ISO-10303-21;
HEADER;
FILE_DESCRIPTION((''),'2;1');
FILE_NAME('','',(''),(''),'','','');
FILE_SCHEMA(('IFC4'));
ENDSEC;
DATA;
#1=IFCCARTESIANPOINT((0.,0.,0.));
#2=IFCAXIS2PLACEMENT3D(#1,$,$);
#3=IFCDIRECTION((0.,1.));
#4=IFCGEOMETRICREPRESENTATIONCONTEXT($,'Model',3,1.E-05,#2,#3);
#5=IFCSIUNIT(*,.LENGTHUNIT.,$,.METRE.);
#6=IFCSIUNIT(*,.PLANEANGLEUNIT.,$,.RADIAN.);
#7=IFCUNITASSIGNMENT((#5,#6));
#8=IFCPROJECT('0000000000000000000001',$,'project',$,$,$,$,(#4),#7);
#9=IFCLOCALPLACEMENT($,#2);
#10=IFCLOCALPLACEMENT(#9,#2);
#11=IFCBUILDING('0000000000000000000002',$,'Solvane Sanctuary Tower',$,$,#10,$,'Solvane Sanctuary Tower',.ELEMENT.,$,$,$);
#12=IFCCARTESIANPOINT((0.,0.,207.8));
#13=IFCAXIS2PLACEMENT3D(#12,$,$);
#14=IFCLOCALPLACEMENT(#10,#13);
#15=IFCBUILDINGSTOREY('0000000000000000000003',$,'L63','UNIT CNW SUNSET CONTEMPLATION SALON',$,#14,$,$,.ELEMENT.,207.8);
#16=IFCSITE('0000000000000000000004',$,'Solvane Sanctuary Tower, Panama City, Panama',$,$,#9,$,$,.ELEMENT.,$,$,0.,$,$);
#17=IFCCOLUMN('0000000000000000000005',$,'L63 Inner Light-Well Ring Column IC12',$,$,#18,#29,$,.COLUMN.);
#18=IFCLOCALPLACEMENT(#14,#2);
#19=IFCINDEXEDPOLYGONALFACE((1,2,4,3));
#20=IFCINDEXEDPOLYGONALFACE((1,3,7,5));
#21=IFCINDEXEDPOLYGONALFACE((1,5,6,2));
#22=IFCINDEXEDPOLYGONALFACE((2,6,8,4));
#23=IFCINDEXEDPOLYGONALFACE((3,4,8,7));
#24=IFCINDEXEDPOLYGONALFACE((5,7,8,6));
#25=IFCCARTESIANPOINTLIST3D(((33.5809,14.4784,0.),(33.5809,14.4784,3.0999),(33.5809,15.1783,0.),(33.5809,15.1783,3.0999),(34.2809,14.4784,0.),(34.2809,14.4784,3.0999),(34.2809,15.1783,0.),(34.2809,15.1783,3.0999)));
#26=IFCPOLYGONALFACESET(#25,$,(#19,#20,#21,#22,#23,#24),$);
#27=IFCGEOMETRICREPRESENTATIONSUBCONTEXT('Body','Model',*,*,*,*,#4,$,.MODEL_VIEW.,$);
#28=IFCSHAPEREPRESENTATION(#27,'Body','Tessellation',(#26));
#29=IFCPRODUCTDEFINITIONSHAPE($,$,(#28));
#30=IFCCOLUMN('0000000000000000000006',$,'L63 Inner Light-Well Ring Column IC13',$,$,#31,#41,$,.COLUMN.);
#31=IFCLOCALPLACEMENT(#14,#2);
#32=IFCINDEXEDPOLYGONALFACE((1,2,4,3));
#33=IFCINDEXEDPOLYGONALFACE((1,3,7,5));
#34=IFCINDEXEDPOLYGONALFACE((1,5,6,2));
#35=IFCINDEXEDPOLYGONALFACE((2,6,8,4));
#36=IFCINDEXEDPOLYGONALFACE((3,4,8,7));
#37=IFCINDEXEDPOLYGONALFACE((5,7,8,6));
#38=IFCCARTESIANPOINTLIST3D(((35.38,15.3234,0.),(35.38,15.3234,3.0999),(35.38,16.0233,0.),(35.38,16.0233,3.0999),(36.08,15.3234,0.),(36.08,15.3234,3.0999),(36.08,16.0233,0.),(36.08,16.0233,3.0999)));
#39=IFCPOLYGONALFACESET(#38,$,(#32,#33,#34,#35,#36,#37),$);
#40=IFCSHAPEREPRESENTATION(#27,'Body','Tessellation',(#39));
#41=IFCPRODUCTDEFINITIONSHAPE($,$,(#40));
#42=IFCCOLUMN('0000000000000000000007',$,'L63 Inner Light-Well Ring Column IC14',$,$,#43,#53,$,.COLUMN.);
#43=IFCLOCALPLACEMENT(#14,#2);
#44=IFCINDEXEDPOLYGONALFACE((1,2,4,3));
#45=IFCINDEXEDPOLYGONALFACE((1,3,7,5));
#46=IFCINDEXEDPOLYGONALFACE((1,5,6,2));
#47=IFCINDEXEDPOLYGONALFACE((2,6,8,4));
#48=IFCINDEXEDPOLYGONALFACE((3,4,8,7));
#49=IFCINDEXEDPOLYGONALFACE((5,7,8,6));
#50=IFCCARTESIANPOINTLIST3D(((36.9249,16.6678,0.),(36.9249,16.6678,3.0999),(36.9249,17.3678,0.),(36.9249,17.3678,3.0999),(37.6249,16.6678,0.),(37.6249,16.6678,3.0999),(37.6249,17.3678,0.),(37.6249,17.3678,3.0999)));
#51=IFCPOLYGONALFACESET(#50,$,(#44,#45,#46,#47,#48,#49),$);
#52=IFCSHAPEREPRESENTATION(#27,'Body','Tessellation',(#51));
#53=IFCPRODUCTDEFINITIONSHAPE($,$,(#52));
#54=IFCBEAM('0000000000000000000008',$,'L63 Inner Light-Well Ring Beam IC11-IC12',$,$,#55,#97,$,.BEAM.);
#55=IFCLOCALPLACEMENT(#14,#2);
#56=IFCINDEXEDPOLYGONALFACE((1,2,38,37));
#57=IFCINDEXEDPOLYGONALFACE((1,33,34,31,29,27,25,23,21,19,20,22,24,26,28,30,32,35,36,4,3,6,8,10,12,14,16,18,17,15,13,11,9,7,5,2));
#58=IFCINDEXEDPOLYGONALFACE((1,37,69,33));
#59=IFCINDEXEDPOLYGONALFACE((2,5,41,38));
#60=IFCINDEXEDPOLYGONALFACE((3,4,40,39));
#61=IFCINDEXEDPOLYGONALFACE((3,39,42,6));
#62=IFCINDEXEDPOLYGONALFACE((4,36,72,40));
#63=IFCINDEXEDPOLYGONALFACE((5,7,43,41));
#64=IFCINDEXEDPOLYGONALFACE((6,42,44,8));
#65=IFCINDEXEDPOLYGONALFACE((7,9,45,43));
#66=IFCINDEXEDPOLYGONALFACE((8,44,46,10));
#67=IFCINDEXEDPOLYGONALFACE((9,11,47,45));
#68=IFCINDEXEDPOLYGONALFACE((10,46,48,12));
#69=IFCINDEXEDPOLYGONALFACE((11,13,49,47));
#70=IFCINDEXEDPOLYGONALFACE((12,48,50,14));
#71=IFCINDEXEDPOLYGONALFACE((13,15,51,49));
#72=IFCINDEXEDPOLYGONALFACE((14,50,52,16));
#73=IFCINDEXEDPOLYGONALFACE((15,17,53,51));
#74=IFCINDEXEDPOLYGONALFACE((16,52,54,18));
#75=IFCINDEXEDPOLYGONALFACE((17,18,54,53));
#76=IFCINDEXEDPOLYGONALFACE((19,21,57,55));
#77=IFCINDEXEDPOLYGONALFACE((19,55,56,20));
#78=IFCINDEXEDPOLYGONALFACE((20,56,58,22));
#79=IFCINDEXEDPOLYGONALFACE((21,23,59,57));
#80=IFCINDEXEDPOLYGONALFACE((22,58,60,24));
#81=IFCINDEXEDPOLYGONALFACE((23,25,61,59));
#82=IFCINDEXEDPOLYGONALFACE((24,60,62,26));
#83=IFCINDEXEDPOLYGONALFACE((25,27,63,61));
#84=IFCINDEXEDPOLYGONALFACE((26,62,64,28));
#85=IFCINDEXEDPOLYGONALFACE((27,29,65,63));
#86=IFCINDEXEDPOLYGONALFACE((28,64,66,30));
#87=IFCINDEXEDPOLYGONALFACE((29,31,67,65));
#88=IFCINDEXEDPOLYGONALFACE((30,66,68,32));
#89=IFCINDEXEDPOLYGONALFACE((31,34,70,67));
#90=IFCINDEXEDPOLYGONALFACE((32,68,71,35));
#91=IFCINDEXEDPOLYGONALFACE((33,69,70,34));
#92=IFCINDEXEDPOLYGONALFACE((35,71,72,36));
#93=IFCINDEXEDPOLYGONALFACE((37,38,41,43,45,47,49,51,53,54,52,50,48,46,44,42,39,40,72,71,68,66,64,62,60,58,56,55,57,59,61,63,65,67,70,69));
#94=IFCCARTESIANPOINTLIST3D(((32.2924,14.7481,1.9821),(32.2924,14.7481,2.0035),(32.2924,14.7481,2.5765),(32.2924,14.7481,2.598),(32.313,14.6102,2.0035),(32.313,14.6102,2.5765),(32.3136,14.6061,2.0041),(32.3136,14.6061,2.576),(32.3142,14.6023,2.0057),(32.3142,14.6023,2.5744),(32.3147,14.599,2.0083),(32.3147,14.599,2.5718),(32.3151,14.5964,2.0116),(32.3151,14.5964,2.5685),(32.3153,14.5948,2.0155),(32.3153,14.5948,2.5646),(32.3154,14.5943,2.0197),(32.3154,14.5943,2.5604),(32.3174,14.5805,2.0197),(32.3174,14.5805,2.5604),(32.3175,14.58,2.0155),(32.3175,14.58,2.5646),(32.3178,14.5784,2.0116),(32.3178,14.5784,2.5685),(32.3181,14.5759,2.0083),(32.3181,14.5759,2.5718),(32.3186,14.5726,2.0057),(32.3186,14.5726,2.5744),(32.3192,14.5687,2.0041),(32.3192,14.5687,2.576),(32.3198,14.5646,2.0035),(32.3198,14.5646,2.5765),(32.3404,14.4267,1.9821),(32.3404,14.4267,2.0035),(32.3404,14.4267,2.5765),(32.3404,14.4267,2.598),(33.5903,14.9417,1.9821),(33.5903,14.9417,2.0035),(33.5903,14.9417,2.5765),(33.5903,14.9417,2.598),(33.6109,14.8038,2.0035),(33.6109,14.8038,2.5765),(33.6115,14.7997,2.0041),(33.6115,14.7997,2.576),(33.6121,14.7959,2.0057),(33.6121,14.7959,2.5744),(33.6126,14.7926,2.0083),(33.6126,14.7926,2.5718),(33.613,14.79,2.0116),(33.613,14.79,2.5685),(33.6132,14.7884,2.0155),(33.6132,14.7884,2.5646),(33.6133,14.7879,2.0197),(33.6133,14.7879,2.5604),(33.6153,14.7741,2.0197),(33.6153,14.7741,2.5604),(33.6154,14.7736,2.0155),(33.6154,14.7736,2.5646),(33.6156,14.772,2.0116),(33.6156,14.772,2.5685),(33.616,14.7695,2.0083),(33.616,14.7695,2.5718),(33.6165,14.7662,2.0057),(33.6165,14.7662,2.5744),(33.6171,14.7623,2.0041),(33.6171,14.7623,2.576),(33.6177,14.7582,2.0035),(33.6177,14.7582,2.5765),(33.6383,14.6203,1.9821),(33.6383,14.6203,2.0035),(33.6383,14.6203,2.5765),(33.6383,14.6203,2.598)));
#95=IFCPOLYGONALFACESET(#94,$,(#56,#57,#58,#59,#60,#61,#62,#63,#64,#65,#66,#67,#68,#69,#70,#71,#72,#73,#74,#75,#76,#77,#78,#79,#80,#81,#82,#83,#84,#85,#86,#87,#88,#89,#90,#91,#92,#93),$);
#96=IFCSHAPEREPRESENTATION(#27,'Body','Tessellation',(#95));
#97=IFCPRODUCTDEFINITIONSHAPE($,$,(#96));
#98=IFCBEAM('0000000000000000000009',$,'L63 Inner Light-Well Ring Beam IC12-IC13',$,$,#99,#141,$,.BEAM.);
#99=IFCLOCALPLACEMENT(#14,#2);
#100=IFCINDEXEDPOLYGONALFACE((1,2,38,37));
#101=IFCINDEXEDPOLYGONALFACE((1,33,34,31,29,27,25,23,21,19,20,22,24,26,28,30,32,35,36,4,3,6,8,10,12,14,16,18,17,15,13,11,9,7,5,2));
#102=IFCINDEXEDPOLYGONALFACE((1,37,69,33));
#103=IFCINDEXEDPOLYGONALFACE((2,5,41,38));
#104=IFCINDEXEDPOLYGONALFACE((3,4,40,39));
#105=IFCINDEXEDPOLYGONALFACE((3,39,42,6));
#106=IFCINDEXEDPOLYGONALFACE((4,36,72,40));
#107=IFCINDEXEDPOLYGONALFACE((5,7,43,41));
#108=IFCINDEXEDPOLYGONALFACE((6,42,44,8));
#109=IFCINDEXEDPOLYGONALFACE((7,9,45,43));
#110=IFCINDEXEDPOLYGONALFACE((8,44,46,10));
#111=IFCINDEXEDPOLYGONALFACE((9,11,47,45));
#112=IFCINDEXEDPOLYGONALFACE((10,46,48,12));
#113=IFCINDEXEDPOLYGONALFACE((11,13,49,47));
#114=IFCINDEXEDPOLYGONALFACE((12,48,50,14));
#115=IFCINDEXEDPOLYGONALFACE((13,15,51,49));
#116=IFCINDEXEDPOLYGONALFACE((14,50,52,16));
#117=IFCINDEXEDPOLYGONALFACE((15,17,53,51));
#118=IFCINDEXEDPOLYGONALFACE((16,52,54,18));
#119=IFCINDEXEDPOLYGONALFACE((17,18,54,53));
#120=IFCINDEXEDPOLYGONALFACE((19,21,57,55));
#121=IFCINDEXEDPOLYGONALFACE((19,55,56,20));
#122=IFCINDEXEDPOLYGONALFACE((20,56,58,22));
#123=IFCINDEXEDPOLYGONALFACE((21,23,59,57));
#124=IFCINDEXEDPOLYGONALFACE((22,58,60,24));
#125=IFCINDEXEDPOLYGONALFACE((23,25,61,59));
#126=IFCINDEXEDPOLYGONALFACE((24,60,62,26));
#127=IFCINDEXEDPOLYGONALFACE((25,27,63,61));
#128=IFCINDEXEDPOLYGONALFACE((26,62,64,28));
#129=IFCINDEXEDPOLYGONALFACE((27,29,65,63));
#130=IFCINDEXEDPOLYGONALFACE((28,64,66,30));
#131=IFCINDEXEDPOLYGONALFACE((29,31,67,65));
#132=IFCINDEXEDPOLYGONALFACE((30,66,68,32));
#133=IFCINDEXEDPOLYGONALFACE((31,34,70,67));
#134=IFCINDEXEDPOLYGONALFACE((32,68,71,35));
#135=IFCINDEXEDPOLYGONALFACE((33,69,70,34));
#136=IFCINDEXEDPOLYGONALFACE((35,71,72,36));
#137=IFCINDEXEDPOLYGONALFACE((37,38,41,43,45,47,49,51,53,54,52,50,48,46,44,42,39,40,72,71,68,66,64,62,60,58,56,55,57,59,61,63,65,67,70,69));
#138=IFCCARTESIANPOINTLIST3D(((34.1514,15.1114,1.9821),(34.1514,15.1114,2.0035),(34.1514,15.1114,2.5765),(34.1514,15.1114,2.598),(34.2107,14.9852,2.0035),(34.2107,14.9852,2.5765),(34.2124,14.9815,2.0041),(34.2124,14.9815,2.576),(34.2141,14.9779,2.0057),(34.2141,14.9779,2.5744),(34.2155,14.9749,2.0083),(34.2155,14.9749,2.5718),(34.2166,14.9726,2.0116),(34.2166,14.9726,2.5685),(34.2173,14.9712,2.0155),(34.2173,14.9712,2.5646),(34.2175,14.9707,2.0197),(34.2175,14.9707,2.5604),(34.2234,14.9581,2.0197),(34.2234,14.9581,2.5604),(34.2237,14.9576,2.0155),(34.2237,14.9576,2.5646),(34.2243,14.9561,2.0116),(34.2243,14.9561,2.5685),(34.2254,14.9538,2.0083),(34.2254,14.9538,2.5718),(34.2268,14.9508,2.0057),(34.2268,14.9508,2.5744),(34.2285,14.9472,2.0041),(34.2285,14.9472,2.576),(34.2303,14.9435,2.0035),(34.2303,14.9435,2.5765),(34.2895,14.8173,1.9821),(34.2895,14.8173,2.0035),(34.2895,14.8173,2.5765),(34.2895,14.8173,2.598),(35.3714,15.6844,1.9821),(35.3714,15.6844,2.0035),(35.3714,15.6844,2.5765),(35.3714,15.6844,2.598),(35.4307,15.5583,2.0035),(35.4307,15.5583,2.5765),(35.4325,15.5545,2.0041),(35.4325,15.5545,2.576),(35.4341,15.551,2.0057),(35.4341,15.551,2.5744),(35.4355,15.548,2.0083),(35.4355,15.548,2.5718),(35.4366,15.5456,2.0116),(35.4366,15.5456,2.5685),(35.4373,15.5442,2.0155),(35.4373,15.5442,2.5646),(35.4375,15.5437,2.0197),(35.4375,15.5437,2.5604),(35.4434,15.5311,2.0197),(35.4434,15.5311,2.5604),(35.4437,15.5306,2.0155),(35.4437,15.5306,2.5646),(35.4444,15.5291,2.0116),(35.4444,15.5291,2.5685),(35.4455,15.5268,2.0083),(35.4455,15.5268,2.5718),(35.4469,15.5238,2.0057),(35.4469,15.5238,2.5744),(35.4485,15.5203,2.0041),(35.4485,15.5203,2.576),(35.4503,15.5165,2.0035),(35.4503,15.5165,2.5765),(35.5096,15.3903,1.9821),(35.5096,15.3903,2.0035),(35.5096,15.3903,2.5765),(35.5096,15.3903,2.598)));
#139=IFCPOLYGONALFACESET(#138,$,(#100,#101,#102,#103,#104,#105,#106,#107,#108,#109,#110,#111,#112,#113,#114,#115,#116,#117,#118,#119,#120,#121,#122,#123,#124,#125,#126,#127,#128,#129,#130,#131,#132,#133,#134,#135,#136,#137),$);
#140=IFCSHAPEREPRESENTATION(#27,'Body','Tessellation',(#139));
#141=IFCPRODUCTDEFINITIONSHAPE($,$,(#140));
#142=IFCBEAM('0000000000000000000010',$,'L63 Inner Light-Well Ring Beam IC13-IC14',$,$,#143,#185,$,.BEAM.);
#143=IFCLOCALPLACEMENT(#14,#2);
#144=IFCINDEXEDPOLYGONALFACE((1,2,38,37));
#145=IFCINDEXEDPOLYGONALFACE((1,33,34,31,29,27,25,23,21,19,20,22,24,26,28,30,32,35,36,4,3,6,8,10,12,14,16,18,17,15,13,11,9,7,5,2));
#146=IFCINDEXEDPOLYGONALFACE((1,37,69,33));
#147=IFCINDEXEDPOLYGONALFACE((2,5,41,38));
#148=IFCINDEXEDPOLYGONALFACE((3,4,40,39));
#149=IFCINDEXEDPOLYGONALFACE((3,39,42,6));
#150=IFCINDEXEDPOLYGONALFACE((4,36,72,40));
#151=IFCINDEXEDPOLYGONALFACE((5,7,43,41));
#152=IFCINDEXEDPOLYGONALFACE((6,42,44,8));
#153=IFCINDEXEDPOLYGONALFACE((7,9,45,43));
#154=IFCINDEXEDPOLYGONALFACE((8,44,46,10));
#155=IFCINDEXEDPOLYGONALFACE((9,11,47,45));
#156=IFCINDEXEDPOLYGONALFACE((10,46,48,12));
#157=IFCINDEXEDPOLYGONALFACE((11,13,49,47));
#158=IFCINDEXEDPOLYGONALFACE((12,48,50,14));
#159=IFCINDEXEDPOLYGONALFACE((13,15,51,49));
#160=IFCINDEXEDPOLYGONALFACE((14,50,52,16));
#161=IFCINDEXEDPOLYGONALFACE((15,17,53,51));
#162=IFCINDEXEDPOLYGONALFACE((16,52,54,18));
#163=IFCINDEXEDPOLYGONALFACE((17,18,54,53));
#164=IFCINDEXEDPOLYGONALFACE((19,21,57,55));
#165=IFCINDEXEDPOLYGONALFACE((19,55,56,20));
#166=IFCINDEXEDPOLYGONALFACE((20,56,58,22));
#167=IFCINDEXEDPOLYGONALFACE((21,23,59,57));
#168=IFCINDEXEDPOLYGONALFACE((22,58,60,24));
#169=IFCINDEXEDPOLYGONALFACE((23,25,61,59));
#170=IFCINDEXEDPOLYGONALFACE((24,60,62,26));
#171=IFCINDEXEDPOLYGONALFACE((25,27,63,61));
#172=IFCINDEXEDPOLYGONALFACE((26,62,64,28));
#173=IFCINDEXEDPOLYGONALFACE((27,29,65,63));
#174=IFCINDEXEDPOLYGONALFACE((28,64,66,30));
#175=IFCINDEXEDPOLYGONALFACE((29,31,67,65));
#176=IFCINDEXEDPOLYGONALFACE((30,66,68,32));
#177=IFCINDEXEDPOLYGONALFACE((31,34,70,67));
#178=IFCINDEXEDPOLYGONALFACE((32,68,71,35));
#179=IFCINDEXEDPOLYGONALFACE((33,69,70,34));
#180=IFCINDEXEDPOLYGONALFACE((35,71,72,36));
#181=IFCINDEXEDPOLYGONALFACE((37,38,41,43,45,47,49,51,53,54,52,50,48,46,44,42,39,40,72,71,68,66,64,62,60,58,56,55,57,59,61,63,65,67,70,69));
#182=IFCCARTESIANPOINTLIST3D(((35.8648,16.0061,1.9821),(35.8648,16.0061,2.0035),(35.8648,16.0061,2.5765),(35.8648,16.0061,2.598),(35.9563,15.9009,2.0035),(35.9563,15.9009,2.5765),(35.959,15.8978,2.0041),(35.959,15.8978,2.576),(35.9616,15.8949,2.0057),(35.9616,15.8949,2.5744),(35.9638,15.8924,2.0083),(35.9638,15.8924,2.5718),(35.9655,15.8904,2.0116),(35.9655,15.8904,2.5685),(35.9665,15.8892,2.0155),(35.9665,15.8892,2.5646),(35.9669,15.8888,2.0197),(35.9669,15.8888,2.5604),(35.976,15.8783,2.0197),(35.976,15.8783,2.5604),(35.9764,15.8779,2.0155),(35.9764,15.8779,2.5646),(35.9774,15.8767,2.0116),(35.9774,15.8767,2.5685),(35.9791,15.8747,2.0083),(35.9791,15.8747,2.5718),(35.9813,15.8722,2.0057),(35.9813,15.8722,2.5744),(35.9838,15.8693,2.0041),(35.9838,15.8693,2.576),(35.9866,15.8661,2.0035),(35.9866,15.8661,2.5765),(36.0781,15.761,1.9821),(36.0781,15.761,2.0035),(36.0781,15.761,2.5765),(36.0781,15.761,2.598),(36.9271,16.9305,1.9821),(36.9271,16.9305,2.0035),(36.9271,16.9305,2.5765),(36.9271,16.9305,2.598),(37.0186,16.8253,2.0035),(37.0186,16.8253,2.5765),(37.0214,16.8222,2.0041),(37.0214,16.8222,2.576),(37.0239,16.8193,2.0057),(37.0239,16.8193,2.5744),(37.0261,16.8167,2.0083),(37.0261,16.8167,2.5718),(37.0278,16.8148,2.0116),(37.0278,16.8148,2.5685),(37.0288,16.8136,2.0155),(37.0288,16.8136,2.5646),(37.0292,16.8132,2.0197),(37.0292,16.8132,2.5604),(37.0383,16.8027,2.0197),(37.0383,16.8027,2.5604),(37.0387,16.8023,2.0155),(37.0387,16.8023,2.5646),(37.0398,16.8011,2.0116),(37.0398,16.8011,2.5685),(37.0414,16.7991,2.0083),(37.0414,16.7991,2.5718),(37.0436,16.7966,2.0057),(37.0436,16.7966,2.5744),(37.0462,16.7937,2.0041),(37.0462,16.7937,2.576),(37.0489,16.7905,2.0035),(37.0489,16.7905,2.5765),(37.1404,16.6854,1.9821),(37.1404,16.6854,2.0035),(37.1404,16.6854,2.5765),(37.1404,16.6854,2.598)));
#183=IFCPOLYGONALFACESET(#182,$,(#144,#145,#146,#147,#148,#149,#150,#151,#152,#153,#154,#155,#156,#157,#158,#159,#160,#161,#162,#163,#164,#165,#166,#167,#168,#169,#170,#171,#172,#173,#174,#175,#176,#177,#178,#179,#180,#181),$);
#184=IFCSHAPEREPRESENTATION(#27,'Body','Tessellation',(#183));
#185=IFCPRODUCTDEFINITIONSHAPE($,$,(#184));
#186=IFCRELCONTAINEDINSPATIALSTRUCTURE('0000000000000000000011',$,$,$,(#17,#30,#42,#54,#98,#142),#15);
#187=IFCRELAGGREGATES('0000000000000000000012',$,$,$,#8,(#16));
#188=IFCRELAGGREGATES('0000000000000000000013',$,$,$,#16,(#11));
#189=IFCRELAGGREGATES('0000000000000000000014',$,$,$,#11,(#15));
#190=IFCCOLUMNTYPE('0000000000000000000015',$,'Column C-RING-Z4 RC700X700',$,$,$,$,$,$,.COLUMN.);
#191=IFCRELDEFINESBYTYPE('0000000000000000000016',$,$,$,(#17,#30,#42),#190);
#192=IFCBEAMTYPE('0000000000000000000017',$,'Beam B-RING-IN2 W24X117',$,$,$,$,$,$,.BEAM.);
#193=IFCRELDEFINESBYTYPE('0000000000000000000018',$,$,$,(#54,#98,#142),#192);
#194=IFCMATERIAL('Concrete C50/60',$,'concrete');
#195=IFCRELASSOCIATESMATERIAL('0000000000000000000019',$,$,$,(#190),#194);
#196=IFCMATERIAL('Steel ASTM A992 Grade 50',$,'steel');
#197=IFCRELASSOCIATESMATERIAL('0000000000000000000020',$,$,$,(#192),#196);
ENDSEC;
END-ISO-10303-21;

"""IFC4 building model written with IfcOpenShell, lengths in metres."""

from ifc_helpers import new_model, si_unit, direction, frame, origin, origin_2d, place, context, subcontext, project, spatial, rectangle, i_section, extrude, material, material_profile, profile_set, type_object, element, save


model = new_model("IFC4")

# Units and contexts
model_context = context("Model", 3, precision=1e-05, world=origin(), true_north=direction((0.0, 1.0)))
body_context = subcontext(model_context, "Body", "Model", "MODEL_VIEW")
ifc_project = project(units=[si_unit("LENGTHUNIT", "METRE"), si_unit("PLANEANGLEUNIT", "RADIAN")], contexts=[model_context])

# Site, building, storey
site_placement = place(None, origin())
site = spatial("IfcSite", under=ifc_project, at=site_placement, Name="Solvane Sanctuary Tower, Panama City, Panama", CompositionType="ELEMENT", RefElevation=0.0)
building_placement = place(site_placement, origin())
building = spatial("IfcBuilding", under=site, at=building_placement, Name="Solvane Sanctuary Tower", LongName="Solvane Sanctuary Tower", CompositionType="ELEMENT")
storey_placement = place(building_placement, frame((0.0, 0.0, 207.8)))
storey = spatial("IfcBuildingStorey", under=building, at=storey_placement, Name="L63", Description="UNIT CNW SUNSET CONTEMPLATION SALON", CompositionType="ELEMENT", Elevation=207.8)

# Columns
ifc_material_1 = material(Name="Concrete C50/60", Category="concrete")
ifc_material_profile_1 = material_profile(ifc_material_1, rectangle(XDim=0.7, YDim=0.7, at=origin_2d()), Name="RC700X700")
ifc_profile_set_1 = profile_set([ifc_material_profile_1], Name="Concrete C50/60")
column_type = type_object("IfcColumnType", Name="Column C-RING-Z4 RC700X700", PredefinedType="COLUMN", material=ifc_profile_set_1)
for number, where, z_axis, x_axis, name in (
    (1, (33.9309, 14.8284, 0.0), (0.0, 0.0, 1.0), (1.0, 0.0, 0.0), "L63 Inner Light-Well Ring Column IC12"),
    (2, (35.73, 15.6733, 0.0), (0.0, 0.0, 1.0), (1.0, 0.0, 0.0), "L63 Inner Light-Well Ring Column IC13"),
    (3, (37.2749, 17.0178, 0.0), (0.0, 0.0, 1.0), (1.0, 0.0, 0.0), "L63 Inner Light-Well Ring Column IC14"),
):
    element("IfcColumn", number, at=place(storey_placement, frame(where, z_axis=z_axis, x_axis=x_axis)), inside=storey, type_object=column_type, Name=name, PredefinedType="COLUMN", context=body_context, shape_type="SweptSolid", body=[
        extrude(rectangle(XDim=0.7, YDim=0.7, at=origin_2d()), origin(), (0.0, 0.0, 1.0), 3.0999),
    ])

# Beams
ifc_material_2 = material(Name="Steel ASTM A992 Grade 50", Category="steel")
ifc_material_profile_2 = material_profile(ifc_material_2, i_section(OverallWidth=0.325, OverallDepth=0.616, WebThickness=0.0139, FlangeThickness=0.0215, FilletRadius=0.0161, at=origin_2d()), Name="W24X117")
ifc_profile_set_2 = profile_set([ifc_material_profile_2], Name="Steel ASTM A992 Grade 50")
beam_type_1 = type_object("IfcBeamType", Name="Beam B-RING-IN2 W24X117", PredefinedType="BEAM", material=ifc_profile_set_2)
beam_1_placement = place(storey_placement, frame((32.3164, 14.5874, 2.29), z_axis=(0.989056, 0.14754, 0.0), x_axis=(-0.14754, 0.989056, 0.0)))
element("IfcBeam", 4, at=beam_1_placement, inside=storey, type_object=beam_type_1, Name="L63 Inner Light-Well Ring Beam IC11-IC12", PredefinedType="BEAM", context=body_context, shape_type="SweptSolid", body=[
    extrude(i_section(OverallWidth=0.325, OverallDepth=0.616, WebThickness=0.0139, FlangeThickness=0.0215, FilletRadius=0.0161, at=origin_2d()), origin(), (0.0, 0.0, 1.0), 1.3123),
])
beam_2_placement = place(storey_placement, frame((34.2205, 14.9644, 2.29), z_axis=(0.905135, 0.425125, 0.0), x_axis=(-0.425125, 0.905135, 0.0)))
element("IfcBeam", 5, at=beam_2_placement, inside=storey, type_object=beam_type_1, Name="L63 Inner Light-Well Ring Beam IC12-IC13", PredefinedType="BEAM", context=body_context, shape_type="SweptSolid", body=[
    extrude(i_section(OverallWidth=0.325, OverallDepth=0.616, WebThickness=0.0139, FlangeThickness=0.0215, FilletRadius=0.0161, at=origin_2d()), origin(), (0.0, 0.0, 1.0), 1.3479),
])
beam_3_placement = place(storey_placement, frame((35.9714, 15.8835, 2.29), z_axis=(0.754389, 0.656428, 0.0), x_axis=(-0.656428, 0.754389, 0.0)))
element("IfcBeam", 6, at=beam_3_placement, inside=storey, type_object=beam_type_1, Name="L63 Inner Light-Well Ring Beam IC13-IC14", PredefinedType="BEAM", context=body_context, shape_type="SweptSolid", body=[
    extrude(i_section(OverallWidth=0.325, OverallDepth=0.616, WebThickness=0.0139, FlangeThickness=0.0215, FilletRadius=0.0161, at=origin_2d()), origin(), (0.0, 0.0, 1.0), 1.4082),
])

save(model, "model.ifc")
